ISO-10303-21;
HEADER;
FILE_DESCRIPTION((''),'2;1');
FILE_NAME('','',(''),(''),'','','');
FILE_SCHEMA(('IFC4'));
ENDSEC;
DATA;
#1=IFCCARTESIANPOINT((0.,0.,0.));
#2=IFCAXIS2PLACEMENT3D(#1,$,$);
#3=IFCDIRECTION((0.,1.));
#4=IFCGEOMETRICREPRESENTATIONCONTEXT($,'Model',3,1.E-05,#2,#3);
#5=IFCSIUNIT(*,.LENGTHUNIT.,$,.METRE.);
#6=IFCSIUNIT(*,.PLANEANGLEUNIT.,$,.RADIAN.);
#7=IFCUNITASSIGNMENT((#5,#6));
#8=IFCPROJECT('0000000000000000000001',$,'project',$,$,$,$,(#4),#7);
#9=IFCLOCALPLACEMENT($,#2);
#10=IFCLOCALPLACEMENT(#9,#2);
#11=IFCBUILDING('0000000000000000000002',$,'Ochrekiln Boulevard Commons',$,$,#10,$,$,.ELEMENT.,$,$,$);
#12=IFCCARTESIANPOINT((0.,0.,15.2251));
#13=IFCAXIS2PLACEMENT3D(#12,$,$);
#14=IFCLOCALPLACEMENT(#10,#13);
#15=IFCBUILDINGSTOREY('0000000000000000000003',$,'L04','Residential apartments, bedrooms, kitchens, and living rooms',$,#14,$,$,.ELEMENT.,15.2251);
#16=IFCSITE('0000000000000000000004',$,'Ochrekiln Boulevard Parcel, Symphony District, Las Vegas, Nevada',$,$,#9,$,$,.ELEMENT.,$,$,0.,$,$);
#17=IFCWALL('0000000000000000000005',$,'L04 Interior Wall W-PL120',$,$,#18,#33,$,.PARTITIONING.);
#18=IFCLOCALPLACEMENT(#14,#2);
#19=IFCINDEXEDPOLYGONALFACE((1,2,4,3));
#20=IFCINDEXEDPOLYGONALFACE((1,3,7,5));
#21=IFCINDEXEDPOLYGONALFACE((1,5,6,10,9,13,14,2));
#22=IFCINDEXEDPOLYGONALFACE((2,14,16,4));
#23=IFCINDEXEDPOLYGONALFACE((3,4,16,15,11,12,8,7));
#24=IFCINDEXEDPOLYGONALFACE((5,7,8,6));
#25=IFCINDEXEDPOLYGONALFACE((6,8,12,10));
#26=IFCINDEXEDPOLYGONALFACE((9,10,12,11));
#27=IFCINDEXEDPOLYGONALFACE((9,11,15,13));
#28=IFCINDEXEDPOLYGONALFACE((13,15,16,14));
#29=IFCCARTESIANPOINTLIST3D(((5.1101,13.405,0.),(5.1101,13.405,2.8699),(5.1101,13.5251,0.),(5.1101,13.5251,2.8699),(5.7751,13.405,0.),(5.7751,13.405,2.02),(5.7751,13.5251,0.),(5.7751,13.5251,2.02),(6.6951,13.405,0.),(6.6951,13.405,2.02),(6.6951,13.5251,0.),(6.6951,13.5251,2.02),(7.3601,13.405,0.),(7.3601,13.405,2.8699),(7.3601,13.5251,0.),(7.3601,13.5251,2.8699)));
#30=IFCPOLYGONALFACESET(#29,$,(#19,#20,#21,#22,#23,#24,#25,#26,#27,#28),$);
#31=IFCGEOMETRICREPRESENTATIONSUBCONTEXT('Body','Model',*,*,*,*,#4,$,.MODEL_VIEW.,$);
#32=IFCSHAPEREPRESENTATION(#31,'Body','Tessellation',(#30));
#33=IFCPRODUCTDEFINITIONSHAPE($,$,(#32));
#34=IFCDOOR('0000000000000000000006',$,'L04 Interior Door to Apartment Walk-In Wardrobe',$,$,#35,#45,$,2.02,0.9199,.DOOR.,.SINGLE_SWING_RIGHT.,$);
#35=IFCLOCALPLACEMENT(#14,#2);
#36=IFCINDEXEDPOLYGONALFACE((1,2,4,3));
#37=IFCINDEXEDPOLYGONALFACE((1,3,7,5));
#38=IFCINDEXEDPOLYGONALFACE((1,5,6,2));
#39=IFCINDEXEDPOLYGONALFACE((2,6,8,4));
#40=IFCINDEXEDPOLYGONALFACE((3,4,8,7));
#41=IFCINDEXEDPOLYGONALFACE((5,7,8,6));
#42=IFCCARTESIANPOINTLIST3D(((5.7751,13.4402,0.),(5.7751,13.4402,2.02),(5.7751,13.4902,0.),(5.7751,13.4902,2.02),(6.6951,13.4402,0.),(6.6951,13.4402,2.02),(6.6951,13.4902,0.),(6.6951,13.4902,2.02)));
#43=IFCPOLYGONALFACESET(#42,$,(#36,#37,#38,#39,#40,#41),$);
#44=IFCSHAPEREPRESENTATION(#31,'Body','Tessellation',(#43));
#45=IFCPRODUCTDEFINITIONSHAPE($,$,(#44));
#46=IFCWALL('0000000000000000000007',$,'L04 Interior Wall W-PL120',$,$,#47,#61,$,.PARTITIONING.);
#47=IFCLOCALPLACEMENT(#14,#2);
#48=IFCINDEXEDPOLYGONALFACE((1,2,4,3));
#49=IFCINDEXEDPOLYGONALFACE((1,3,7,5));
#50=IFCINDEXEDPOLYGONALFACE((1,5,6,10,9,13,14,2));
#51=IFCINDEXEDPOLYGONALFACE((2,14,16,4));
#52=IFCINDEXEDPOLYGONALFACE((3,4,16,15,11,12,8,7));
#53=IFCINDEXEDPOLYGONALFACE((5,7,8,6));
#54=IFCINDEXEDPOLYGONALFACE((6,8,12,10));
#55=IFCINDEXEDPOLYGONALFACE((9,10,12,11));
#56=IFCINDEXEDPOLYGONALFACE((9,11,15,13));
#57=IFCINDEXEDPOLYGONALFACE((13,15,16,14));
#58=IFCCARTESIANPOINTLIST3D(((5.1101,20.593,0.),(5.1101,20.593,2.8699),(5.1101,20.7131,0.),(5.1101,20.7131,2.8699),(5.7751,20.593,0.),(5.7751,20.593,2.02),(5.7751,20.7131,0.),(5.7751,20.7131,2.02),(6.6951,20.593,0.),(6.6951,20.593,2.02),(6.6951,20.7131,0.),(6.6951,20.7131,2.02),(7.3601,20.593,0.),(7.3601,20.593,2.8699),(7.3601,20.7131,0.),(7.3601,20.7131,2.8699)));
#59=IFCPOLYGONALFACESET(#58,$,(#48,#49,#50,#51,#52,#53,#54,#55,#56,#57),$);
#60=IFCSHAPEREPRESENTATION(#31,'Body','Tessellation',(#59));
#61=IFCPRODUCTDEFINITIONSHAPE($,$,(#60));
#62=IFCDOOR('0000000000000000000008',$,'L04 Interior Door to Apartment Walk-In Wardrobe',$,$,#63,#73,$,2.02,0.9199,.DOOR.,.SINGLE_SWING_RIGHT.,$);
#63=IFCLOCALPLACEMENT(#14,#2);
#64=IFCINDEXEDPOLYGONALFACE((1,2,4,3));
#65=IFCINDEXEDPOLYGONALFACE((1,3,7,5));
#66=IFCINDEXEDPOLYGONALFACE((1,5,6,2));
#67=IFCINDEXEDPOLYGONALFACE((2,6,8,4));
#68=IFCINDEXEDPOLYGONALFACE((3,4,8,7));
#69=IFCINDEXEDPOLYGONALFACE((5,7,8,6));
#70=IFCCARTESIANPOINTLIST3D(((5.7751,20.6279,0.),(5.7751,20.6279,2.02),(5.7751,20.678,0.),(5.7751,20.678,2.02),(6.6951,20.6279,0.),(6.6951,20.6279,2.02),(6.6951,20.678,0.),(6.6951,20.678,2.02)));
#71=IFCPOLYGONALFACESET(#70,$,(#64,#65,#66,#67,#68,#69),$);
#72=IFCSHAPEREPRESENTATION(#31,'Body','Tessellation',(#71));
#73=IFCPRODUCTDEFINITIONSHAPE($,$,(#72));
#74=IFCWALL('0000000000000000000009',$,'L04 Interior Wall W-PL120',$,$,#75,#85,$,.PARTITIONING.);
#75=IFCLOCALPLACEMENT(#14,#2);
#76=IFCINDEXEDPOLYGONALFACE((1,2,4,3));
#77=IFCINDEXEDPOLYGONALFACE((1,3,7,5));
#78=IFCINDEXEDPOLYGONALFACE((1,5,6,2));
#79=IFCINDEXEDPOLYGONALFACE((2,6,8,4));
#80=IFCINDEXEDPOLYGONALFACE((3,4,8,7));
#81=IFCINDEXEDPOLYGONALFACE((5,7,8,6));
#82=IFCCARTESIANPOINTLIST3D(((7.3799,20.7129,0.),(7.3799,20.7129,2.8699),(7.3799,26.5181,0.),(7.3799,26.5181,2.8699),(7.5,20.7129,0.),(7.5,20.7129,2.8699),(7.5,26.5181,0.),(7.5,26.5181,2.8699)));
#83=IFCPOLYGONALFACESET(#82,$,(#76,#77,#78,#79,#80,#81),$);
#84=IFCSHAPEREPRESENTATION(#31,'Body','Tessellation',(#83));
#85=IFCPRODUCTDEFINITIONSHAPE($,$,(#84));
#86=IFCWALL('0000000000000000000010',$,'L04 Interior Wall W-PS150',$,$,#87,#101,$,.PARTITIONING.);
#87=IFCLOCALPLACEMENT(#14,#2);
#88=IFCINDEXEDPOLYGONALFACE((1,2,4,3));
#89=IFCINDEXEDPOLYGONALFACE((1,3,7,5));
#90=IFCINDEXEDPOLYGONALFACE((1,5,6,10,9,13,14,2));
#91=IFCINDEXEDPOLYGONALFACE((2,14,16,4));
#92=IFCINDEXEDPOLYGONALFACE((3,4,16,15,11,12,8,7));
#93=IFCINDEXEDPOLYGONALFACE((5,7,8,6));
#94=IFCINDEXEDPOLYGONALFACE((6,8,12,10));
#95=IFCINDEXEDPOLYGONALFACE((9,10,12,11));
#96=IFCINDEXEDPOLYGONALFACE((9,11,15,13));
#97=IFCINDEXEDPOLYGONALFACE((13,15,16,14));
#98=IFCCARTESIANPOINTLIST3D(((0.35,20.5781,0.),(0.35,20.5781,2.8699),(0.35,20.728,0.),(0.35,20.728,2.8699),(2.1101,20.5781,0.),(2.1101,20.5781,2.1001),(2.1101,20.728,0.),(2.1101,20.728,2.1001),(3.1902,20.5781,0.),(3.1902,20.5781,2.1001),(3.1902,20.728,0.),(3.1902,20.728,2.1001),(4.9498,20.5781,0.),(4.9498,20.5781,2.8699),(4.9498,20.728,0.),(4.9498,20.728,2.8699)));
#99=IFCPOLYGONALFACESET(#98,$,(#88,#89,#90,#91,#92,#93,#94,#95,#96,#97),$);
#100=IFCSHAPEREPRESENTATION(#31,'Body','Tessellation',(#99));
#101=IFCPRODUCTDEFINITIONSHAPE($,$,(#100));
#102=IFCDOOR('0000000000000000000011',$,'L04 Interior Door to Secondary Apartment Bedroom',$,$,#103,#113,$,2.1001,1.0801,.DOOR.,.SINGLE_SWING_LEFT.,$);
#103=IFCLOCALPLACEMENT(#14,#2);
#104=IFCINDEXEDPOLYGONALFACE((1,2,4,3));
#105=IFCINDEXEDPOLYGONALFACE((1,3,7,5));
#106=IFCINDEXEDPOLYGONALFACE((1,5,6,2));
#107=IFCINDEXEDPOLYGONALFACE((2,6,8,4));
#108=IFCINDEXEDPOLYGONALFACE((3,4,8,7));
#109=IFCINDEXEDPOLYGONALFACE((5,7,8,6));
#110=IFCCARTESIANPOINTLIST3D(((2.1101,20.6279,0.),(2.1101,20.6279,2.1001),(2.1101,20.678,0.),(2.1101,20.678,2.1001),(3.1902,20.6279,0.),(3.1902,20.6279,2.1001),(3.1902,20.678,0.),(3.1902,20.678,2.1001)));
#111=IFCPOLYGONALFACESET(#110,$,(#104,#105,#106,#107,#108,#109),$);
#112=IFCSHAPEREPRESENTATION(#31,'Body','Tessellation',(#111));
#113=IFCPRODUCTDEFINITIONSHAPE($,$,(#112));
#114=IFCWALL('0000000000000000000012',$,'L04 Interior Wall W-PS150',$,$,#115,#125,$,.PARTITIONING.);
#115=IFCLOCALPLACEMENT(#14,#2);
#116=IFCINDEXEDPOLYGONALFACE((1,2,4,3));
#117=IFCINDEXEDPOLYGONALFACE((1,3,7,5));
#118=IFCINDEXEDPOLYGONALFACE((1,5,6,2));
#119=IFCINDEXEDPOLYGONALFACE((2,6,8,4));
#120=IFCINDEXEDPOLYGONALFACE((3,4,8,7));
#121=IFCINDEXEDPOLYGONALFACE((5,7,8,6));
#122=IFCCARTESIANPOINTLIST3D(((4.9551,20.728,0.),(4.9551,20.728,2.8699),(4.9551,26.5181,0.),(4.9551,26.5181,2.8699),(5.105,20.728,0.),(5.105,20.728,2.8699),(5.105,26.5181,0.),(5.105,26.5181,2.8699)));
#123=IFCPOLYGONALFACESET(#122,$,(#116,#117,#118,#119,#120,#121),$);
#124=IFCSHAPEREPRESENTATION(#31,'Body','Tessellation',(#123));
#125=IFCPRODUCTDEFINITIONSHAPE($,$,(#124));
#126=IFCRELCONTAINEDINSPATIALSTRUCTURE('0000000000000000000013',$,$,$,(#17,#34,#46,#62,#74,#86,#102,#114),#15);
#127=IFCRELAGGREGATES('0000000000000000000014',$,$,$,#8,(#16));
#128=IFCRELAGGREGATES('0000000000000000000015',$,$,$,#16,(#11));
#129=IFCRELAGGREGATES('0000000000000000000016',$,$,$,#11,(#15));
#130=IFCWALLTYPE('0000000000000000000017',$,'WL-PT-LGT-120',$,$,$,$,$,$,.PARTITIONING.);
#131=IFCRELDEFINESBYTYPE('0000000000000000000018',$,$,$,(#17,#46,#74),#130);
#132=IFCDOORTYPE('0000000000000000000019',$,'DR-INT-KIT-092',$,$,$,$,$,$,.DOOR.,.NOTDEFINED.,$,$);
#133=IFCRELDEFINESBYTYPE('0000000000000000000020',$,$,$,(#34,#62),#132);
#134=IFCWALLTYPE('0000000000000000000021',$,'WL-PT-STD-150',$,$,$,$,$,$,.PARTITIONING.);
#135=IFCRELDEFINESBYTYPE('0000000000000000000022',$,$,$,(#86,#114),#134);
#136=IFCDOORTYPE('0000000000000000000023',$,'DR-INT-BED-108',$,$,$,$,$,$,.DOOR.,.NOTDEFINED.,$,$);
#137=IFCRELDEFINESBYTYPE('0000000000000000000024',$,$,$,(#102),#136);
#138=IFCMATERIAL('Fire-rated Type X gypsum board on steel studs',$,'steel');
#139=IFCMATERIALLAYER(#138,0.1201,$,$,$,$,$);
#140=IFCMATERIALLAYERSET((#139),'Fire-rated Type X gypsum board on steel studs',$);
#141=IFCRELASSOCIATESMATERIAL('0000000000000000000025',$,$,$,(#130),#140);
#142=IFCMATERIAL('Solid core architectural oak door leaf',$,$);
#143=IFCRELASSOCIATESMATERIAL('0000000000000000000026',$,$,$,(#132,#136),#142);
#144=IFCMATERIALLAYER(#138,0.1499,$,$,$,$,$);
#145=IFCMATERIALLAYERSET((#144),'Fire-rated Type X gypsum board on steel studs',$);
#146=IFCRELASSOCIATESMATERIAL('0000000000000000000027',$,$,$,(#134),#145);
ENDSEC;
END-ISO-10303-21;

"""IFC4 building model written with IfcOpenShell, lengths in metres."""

from ifc_helpers import new_model, si_unit, direction, frame, frame_2d, origin, place, context, subcontext, project, spatial, rectangle, extrude, material, layer, layer_set, type_object, element, fill, save


model = new_model("IFC4")

# Units and contexts
model_context = context("Model", 3, precision=1e-05, world=origin(), true_north=direction((0.0, 1.0)))
body_context = subcontext(model_context, "Body", "Model", "MODEL_VIEW")
ifc_project = project(units=[si_unit("LENGTHUNIT", "METRE"), si_unit("PLANEANGLEUNIT", "RADIAN")], contexts=[model_context])

# Site, building, storey
site_placement = place(None, origin())
site = spatial("IfcSite", under=ifc_project, at=site_placement, Name="Ochrekiln Boulevard Parcel, Symphony District, Las Vegas, Nevada", CompositionType="ELEMENT", RefElevation=0.0)
building_placement = place(site_placement, origin())
building = spatial("IfcBuilding", under=site, at=building_placement, Name="Ochrekiln Boulevard Commons", CompositionType="ELEMENT")
storey_placement = place(building_placement, frame((0.0, 0.0, 15.2251)))
storey = spatial("IfcBuildingStorey", under=building, at=storey_placement, Name="L04", Description="Residential apartments, bedrooms, kitchens, and living rooms", CompositionType="ELEMENT", Elevation=15.2251)

# Walls, openings, doors
ifc_material_1 = material(Name="Solid core architectural oak door leaf")
ifc_material_2 = material(Name="Fire-rated Type X gypsum board on steel studs", Category="steel")
ifc_layer_1 = layer(ifc_material_2, 0.1201)
ifc_layer_set_1 = layer_set([ifc_layer_1], Name="Fire-rated Type X gypsum board on steel studs")
wall_type_1 = type_object("IfcWallType", Name="WL-PT-LGT-120", PredefinedType="PARTITIONING", material=ifc_layer_set_1)
door_type_1 = type_object("IfcDoorType", Name="DR-INT-KIT-092", OperationType="NOTDEFINED", PredefinedType="DOOR", material=ifc_material_1)
wall_1_placement = place(storey_placement, frame((5.1101, 13.4651, 0.0), z_axis=(0.0, 0.0, 1.0), x_axis=(1.0, 0.0, 0.0)))
wall_1 = element("IfcWall", 1, at=wall_1_placement, inside=storey, type_object=wall_type_1, Name="L04 Interior Wall W-PL120", PredefinedType="PARTITIONING", context=body_context, shape_type="SweptSolid", body=[
    extrude(rectangle(XDim=2.25, YDim=0.1201, at=frame_2d((1.125, 0.0))), origin(), (0.0, 0.0, 1.0), 2.8699),
])
opening_1_placement = place(wall_1_placement, frame((0.665, 0.0, 0.0)))
opening_1 = element("IfcOpeningElement", 2, at=opening_1_placement, cuts=wall_1, PredefinedType="OPENING", context=body_context, shape_type="SweptSolid", body=[
    extrude(rectangle(XDim=0.9199, YDim=2.02, at=frame_2d((0.46, 1.01))), frame((0.0, 0.0701, 0.0), z_axis=(0.0, -1.0, 0.0), x_axis=(1.0, 0.0, 0.0)), (0.0, 0.0, 1.0), 0.1401),
])
door_1_placement = place(opening_1_placement, frame((0.9199, 0.0, 0.0), z_axis=(0.0, 0.0, 1.0), x_axis=(-1.0, 0.0, 0.0)))
door_1 = element("IfcDoor", 3, at=door_1_placement, inside=storey, type_object=door_type_1, Name="L04 Interior Door to Apartment Walk-In Wardrobe", OperationType="SINGLE_SWING_RIGHT", OverallHeight=2.02, OverallWidth=0.9199, PredefinedType="DOOR", context=body_context, shape_type="SweptSolid", body=[
    extrude(rectangle(XDim=0.9199, YDim=2.02, at=frame_2d((0.46, 1.01))), frame((0.0, 0.0249, 0.0), z_axis=(0.0, -1.0, 0.0), x_axis=(1.0, 0.0, 0.0)), (0.0, 0.0, 1.0), 0.05),
])
fill(opening_1, door_1)
wall_2_placement = place(storey_placement, frame((5.1101, 20.6531, 0.0), z_axis=(0.0, 0.0, 1.0), x_axis=(1.0, 0.0, 0.0)))
wall_2 = element("IfcWall", 4, at=wall_2_placement, inside=storey, type_object=wall_type_1, Name="L04 Interior Wall W-PL120", PredefinedType="PARTITIONING", context=body_context, shape_type="SweptSolid", body=[
    extrude(rectangle(XDim=2.25, YDim=0.1201, at=frame_2d((1.125, 0.0))), origin(), (0.0, 0.0, 1.0), 2.8699),
])
opening_2_placement = place(wall_2_placement, frame((0.665, 0.0, 0.0)))
opening_2 = element("IfcOpeningElement", 5, at=opening_2_placement, cuts=wall_2, PredefinedType="OPENING", context=body_context, shape_type="SweptSolid", body=[
    extrude(rectangle(XDim=0.9199, YDim=2.02, at=frame_2d((0.46, 1.01))), frame((0.0, 0.0701, 0.0), z_axis=(0.0, -1.0, 0.0), x_axis=(1.0, 0.0, 0.0)), (0.0, 0.0, 1.0), 0.1401),
])
door_2_placement = place(opening_2_placement, origin())
door_2 = element("IfcDoor", 6, at=door_2_placement, inside=storey, type_object=door_type_1, Name="L04 Interior Door to Apartment Walk-In Wardrobe", OperationType="SINGLE_SWING_RIGHT", OverallHeight=2.02, OverallWidth=0.9199, PredefinedType="DOOR", context=body_context, shape_type="SweptSolid", body=[
    extrude(rectangle(XDim=0.9199, YDim=2.02, at=frame_2d((0.46, 1.01))), frame((0.0, 0.0249, 0.0), z_axis=(0.0, -1.0, 0.0), x_axis=(1.0, 0.0, 0.0)), (0.0, 0.0, 1.0), 0.05),
])
fill(opening_2, door_2)

# Wall
wall_3_placement = place(storey_placement, frame((7.4399, 20.7129, 0.0), z_axis=(0.0, 0.0, 1.0), x_axis=(0.0, 1.0, 0.0)))
element("IfcWall", 7, at=wall_3_placement, inside=storey, type_object=wall_type_1, Name="L04 Interior Wall W-PL120", PredefinedType="PARTITIONING", context=body_context, shape_type="SweptSolid", body=[
    extrude(rectangle(XDim=5.8052, YDim=0.1201, at=frame_2d((2.9026, 0.0))), origin(), (0.0, 0.0, 1.0), 2.8699),
])

# Wall, opening, door
ifc_layer_2 = layer(ifc_material_2, 0.1499)
ifc_layer_set_2 = layer_set([ifc_layer_2], Name="Fire-rated Type X gypsum board on steel studs")
wall_type_2 = type_object("IfcWallType", Name="WL-PT-STD-150", PredefinedType="PARTITIONING", material=ifc_layer_set_2)
wall_4_placement = place(storey_placement, frame((0.3501, 20.6531, 0.0), z_axis=(0.0, 0.0, 1.0), x_axis=(1.0, 0.0, 0.0)))
wall_4 = element("IfcWall", 8, at=wall_4_placement, inside=storey, type_object=wall_type_2, Name="L04 Interior Wall W-PS150", PredefinedType="PARTITIONING", context=body_context, shape_type="SweptSolid", body=[
    extrude(rectangle(XDim=4.5999, YDim=0.1499, at=frame_2d((2.2998, 0.0))), origin(), (0.0, 0.0, 1.0), 2.8699),
])
opening_3_placement = place(wall_4_placement, frame((1.76, 0.0, 0.0)))
opening_3 = element("IfcOpeningElement", 9, at=opening_3_placement, cuts=wall_4, PredefinedType="OPENING", context=body_context, shape_type="SweptSolid", body=[
    extrude(rectangle(XDim=1.0801, YDim=2.1001, at=frame_2d((0.54, 1.05))), frame((0.0, 0.085, 0.0), z_axis=(0.0, -1.0, 0.0), x_axis=(1.0, 0.0, 0.0)), (0.0, 0.0, 1.0), 0.1699),
])
door_type_2 = type_object("IfcDoorType", Name="DR-INT-BED-108", OperationType="NOTDEFINED", PredefinedType="DOOR", material=ifc_material_1)
door_3_placement = place(opening_3_placement, origin())
door_3 = element("IfcDoor", 10, at=door_3_placement, inside=storey, type_object=door_type_2, Name="L04 Interior Door to Secondary Apartment Bedroom", OperationType="SINGLE_SWING_LEFT", OverallHeight=2.1001, OverallWidth=1.0801, PredefinedType="DOOR", context=body_context, shape_type="SweptSolid", body=[
    extrude(rectangle(XDim=1.0801, YDim=2.1001, at=frame_2d((0.54, 1.05))), frame((0.0, 0.0249, 0.0), z_axis=(0.0, -1.0, 0.0), x_axis=(1.0, 0.0, 0.0)), (0.0, 0.0, 1.0), 0.05),
])
fill(opening_3, door_3)

# Wall
wall_5_placement = place(storey_placement, frame((5.03, 20.728, 0.0), z_axis=(0.0, 0.0, 1.0), x_axis=(0.0, 1.0, 0.0)))
element("IfcWall", 11, at=wall_5_placement, inside=storey, type_object=wall_type_2, Name="L04 Interior Wall W-PS150", PredefinedType="PARTITIONING", context=body_context, shape_type="SweptSolid", body=[
    extrude(rectangle(XDim=5.79, YDim=0.1499, at=frame_2d((2.895, 0.0))), origin(), (0.0, 0.0, 1.0), 2.8699),
])

save(model, "model.ifc")
